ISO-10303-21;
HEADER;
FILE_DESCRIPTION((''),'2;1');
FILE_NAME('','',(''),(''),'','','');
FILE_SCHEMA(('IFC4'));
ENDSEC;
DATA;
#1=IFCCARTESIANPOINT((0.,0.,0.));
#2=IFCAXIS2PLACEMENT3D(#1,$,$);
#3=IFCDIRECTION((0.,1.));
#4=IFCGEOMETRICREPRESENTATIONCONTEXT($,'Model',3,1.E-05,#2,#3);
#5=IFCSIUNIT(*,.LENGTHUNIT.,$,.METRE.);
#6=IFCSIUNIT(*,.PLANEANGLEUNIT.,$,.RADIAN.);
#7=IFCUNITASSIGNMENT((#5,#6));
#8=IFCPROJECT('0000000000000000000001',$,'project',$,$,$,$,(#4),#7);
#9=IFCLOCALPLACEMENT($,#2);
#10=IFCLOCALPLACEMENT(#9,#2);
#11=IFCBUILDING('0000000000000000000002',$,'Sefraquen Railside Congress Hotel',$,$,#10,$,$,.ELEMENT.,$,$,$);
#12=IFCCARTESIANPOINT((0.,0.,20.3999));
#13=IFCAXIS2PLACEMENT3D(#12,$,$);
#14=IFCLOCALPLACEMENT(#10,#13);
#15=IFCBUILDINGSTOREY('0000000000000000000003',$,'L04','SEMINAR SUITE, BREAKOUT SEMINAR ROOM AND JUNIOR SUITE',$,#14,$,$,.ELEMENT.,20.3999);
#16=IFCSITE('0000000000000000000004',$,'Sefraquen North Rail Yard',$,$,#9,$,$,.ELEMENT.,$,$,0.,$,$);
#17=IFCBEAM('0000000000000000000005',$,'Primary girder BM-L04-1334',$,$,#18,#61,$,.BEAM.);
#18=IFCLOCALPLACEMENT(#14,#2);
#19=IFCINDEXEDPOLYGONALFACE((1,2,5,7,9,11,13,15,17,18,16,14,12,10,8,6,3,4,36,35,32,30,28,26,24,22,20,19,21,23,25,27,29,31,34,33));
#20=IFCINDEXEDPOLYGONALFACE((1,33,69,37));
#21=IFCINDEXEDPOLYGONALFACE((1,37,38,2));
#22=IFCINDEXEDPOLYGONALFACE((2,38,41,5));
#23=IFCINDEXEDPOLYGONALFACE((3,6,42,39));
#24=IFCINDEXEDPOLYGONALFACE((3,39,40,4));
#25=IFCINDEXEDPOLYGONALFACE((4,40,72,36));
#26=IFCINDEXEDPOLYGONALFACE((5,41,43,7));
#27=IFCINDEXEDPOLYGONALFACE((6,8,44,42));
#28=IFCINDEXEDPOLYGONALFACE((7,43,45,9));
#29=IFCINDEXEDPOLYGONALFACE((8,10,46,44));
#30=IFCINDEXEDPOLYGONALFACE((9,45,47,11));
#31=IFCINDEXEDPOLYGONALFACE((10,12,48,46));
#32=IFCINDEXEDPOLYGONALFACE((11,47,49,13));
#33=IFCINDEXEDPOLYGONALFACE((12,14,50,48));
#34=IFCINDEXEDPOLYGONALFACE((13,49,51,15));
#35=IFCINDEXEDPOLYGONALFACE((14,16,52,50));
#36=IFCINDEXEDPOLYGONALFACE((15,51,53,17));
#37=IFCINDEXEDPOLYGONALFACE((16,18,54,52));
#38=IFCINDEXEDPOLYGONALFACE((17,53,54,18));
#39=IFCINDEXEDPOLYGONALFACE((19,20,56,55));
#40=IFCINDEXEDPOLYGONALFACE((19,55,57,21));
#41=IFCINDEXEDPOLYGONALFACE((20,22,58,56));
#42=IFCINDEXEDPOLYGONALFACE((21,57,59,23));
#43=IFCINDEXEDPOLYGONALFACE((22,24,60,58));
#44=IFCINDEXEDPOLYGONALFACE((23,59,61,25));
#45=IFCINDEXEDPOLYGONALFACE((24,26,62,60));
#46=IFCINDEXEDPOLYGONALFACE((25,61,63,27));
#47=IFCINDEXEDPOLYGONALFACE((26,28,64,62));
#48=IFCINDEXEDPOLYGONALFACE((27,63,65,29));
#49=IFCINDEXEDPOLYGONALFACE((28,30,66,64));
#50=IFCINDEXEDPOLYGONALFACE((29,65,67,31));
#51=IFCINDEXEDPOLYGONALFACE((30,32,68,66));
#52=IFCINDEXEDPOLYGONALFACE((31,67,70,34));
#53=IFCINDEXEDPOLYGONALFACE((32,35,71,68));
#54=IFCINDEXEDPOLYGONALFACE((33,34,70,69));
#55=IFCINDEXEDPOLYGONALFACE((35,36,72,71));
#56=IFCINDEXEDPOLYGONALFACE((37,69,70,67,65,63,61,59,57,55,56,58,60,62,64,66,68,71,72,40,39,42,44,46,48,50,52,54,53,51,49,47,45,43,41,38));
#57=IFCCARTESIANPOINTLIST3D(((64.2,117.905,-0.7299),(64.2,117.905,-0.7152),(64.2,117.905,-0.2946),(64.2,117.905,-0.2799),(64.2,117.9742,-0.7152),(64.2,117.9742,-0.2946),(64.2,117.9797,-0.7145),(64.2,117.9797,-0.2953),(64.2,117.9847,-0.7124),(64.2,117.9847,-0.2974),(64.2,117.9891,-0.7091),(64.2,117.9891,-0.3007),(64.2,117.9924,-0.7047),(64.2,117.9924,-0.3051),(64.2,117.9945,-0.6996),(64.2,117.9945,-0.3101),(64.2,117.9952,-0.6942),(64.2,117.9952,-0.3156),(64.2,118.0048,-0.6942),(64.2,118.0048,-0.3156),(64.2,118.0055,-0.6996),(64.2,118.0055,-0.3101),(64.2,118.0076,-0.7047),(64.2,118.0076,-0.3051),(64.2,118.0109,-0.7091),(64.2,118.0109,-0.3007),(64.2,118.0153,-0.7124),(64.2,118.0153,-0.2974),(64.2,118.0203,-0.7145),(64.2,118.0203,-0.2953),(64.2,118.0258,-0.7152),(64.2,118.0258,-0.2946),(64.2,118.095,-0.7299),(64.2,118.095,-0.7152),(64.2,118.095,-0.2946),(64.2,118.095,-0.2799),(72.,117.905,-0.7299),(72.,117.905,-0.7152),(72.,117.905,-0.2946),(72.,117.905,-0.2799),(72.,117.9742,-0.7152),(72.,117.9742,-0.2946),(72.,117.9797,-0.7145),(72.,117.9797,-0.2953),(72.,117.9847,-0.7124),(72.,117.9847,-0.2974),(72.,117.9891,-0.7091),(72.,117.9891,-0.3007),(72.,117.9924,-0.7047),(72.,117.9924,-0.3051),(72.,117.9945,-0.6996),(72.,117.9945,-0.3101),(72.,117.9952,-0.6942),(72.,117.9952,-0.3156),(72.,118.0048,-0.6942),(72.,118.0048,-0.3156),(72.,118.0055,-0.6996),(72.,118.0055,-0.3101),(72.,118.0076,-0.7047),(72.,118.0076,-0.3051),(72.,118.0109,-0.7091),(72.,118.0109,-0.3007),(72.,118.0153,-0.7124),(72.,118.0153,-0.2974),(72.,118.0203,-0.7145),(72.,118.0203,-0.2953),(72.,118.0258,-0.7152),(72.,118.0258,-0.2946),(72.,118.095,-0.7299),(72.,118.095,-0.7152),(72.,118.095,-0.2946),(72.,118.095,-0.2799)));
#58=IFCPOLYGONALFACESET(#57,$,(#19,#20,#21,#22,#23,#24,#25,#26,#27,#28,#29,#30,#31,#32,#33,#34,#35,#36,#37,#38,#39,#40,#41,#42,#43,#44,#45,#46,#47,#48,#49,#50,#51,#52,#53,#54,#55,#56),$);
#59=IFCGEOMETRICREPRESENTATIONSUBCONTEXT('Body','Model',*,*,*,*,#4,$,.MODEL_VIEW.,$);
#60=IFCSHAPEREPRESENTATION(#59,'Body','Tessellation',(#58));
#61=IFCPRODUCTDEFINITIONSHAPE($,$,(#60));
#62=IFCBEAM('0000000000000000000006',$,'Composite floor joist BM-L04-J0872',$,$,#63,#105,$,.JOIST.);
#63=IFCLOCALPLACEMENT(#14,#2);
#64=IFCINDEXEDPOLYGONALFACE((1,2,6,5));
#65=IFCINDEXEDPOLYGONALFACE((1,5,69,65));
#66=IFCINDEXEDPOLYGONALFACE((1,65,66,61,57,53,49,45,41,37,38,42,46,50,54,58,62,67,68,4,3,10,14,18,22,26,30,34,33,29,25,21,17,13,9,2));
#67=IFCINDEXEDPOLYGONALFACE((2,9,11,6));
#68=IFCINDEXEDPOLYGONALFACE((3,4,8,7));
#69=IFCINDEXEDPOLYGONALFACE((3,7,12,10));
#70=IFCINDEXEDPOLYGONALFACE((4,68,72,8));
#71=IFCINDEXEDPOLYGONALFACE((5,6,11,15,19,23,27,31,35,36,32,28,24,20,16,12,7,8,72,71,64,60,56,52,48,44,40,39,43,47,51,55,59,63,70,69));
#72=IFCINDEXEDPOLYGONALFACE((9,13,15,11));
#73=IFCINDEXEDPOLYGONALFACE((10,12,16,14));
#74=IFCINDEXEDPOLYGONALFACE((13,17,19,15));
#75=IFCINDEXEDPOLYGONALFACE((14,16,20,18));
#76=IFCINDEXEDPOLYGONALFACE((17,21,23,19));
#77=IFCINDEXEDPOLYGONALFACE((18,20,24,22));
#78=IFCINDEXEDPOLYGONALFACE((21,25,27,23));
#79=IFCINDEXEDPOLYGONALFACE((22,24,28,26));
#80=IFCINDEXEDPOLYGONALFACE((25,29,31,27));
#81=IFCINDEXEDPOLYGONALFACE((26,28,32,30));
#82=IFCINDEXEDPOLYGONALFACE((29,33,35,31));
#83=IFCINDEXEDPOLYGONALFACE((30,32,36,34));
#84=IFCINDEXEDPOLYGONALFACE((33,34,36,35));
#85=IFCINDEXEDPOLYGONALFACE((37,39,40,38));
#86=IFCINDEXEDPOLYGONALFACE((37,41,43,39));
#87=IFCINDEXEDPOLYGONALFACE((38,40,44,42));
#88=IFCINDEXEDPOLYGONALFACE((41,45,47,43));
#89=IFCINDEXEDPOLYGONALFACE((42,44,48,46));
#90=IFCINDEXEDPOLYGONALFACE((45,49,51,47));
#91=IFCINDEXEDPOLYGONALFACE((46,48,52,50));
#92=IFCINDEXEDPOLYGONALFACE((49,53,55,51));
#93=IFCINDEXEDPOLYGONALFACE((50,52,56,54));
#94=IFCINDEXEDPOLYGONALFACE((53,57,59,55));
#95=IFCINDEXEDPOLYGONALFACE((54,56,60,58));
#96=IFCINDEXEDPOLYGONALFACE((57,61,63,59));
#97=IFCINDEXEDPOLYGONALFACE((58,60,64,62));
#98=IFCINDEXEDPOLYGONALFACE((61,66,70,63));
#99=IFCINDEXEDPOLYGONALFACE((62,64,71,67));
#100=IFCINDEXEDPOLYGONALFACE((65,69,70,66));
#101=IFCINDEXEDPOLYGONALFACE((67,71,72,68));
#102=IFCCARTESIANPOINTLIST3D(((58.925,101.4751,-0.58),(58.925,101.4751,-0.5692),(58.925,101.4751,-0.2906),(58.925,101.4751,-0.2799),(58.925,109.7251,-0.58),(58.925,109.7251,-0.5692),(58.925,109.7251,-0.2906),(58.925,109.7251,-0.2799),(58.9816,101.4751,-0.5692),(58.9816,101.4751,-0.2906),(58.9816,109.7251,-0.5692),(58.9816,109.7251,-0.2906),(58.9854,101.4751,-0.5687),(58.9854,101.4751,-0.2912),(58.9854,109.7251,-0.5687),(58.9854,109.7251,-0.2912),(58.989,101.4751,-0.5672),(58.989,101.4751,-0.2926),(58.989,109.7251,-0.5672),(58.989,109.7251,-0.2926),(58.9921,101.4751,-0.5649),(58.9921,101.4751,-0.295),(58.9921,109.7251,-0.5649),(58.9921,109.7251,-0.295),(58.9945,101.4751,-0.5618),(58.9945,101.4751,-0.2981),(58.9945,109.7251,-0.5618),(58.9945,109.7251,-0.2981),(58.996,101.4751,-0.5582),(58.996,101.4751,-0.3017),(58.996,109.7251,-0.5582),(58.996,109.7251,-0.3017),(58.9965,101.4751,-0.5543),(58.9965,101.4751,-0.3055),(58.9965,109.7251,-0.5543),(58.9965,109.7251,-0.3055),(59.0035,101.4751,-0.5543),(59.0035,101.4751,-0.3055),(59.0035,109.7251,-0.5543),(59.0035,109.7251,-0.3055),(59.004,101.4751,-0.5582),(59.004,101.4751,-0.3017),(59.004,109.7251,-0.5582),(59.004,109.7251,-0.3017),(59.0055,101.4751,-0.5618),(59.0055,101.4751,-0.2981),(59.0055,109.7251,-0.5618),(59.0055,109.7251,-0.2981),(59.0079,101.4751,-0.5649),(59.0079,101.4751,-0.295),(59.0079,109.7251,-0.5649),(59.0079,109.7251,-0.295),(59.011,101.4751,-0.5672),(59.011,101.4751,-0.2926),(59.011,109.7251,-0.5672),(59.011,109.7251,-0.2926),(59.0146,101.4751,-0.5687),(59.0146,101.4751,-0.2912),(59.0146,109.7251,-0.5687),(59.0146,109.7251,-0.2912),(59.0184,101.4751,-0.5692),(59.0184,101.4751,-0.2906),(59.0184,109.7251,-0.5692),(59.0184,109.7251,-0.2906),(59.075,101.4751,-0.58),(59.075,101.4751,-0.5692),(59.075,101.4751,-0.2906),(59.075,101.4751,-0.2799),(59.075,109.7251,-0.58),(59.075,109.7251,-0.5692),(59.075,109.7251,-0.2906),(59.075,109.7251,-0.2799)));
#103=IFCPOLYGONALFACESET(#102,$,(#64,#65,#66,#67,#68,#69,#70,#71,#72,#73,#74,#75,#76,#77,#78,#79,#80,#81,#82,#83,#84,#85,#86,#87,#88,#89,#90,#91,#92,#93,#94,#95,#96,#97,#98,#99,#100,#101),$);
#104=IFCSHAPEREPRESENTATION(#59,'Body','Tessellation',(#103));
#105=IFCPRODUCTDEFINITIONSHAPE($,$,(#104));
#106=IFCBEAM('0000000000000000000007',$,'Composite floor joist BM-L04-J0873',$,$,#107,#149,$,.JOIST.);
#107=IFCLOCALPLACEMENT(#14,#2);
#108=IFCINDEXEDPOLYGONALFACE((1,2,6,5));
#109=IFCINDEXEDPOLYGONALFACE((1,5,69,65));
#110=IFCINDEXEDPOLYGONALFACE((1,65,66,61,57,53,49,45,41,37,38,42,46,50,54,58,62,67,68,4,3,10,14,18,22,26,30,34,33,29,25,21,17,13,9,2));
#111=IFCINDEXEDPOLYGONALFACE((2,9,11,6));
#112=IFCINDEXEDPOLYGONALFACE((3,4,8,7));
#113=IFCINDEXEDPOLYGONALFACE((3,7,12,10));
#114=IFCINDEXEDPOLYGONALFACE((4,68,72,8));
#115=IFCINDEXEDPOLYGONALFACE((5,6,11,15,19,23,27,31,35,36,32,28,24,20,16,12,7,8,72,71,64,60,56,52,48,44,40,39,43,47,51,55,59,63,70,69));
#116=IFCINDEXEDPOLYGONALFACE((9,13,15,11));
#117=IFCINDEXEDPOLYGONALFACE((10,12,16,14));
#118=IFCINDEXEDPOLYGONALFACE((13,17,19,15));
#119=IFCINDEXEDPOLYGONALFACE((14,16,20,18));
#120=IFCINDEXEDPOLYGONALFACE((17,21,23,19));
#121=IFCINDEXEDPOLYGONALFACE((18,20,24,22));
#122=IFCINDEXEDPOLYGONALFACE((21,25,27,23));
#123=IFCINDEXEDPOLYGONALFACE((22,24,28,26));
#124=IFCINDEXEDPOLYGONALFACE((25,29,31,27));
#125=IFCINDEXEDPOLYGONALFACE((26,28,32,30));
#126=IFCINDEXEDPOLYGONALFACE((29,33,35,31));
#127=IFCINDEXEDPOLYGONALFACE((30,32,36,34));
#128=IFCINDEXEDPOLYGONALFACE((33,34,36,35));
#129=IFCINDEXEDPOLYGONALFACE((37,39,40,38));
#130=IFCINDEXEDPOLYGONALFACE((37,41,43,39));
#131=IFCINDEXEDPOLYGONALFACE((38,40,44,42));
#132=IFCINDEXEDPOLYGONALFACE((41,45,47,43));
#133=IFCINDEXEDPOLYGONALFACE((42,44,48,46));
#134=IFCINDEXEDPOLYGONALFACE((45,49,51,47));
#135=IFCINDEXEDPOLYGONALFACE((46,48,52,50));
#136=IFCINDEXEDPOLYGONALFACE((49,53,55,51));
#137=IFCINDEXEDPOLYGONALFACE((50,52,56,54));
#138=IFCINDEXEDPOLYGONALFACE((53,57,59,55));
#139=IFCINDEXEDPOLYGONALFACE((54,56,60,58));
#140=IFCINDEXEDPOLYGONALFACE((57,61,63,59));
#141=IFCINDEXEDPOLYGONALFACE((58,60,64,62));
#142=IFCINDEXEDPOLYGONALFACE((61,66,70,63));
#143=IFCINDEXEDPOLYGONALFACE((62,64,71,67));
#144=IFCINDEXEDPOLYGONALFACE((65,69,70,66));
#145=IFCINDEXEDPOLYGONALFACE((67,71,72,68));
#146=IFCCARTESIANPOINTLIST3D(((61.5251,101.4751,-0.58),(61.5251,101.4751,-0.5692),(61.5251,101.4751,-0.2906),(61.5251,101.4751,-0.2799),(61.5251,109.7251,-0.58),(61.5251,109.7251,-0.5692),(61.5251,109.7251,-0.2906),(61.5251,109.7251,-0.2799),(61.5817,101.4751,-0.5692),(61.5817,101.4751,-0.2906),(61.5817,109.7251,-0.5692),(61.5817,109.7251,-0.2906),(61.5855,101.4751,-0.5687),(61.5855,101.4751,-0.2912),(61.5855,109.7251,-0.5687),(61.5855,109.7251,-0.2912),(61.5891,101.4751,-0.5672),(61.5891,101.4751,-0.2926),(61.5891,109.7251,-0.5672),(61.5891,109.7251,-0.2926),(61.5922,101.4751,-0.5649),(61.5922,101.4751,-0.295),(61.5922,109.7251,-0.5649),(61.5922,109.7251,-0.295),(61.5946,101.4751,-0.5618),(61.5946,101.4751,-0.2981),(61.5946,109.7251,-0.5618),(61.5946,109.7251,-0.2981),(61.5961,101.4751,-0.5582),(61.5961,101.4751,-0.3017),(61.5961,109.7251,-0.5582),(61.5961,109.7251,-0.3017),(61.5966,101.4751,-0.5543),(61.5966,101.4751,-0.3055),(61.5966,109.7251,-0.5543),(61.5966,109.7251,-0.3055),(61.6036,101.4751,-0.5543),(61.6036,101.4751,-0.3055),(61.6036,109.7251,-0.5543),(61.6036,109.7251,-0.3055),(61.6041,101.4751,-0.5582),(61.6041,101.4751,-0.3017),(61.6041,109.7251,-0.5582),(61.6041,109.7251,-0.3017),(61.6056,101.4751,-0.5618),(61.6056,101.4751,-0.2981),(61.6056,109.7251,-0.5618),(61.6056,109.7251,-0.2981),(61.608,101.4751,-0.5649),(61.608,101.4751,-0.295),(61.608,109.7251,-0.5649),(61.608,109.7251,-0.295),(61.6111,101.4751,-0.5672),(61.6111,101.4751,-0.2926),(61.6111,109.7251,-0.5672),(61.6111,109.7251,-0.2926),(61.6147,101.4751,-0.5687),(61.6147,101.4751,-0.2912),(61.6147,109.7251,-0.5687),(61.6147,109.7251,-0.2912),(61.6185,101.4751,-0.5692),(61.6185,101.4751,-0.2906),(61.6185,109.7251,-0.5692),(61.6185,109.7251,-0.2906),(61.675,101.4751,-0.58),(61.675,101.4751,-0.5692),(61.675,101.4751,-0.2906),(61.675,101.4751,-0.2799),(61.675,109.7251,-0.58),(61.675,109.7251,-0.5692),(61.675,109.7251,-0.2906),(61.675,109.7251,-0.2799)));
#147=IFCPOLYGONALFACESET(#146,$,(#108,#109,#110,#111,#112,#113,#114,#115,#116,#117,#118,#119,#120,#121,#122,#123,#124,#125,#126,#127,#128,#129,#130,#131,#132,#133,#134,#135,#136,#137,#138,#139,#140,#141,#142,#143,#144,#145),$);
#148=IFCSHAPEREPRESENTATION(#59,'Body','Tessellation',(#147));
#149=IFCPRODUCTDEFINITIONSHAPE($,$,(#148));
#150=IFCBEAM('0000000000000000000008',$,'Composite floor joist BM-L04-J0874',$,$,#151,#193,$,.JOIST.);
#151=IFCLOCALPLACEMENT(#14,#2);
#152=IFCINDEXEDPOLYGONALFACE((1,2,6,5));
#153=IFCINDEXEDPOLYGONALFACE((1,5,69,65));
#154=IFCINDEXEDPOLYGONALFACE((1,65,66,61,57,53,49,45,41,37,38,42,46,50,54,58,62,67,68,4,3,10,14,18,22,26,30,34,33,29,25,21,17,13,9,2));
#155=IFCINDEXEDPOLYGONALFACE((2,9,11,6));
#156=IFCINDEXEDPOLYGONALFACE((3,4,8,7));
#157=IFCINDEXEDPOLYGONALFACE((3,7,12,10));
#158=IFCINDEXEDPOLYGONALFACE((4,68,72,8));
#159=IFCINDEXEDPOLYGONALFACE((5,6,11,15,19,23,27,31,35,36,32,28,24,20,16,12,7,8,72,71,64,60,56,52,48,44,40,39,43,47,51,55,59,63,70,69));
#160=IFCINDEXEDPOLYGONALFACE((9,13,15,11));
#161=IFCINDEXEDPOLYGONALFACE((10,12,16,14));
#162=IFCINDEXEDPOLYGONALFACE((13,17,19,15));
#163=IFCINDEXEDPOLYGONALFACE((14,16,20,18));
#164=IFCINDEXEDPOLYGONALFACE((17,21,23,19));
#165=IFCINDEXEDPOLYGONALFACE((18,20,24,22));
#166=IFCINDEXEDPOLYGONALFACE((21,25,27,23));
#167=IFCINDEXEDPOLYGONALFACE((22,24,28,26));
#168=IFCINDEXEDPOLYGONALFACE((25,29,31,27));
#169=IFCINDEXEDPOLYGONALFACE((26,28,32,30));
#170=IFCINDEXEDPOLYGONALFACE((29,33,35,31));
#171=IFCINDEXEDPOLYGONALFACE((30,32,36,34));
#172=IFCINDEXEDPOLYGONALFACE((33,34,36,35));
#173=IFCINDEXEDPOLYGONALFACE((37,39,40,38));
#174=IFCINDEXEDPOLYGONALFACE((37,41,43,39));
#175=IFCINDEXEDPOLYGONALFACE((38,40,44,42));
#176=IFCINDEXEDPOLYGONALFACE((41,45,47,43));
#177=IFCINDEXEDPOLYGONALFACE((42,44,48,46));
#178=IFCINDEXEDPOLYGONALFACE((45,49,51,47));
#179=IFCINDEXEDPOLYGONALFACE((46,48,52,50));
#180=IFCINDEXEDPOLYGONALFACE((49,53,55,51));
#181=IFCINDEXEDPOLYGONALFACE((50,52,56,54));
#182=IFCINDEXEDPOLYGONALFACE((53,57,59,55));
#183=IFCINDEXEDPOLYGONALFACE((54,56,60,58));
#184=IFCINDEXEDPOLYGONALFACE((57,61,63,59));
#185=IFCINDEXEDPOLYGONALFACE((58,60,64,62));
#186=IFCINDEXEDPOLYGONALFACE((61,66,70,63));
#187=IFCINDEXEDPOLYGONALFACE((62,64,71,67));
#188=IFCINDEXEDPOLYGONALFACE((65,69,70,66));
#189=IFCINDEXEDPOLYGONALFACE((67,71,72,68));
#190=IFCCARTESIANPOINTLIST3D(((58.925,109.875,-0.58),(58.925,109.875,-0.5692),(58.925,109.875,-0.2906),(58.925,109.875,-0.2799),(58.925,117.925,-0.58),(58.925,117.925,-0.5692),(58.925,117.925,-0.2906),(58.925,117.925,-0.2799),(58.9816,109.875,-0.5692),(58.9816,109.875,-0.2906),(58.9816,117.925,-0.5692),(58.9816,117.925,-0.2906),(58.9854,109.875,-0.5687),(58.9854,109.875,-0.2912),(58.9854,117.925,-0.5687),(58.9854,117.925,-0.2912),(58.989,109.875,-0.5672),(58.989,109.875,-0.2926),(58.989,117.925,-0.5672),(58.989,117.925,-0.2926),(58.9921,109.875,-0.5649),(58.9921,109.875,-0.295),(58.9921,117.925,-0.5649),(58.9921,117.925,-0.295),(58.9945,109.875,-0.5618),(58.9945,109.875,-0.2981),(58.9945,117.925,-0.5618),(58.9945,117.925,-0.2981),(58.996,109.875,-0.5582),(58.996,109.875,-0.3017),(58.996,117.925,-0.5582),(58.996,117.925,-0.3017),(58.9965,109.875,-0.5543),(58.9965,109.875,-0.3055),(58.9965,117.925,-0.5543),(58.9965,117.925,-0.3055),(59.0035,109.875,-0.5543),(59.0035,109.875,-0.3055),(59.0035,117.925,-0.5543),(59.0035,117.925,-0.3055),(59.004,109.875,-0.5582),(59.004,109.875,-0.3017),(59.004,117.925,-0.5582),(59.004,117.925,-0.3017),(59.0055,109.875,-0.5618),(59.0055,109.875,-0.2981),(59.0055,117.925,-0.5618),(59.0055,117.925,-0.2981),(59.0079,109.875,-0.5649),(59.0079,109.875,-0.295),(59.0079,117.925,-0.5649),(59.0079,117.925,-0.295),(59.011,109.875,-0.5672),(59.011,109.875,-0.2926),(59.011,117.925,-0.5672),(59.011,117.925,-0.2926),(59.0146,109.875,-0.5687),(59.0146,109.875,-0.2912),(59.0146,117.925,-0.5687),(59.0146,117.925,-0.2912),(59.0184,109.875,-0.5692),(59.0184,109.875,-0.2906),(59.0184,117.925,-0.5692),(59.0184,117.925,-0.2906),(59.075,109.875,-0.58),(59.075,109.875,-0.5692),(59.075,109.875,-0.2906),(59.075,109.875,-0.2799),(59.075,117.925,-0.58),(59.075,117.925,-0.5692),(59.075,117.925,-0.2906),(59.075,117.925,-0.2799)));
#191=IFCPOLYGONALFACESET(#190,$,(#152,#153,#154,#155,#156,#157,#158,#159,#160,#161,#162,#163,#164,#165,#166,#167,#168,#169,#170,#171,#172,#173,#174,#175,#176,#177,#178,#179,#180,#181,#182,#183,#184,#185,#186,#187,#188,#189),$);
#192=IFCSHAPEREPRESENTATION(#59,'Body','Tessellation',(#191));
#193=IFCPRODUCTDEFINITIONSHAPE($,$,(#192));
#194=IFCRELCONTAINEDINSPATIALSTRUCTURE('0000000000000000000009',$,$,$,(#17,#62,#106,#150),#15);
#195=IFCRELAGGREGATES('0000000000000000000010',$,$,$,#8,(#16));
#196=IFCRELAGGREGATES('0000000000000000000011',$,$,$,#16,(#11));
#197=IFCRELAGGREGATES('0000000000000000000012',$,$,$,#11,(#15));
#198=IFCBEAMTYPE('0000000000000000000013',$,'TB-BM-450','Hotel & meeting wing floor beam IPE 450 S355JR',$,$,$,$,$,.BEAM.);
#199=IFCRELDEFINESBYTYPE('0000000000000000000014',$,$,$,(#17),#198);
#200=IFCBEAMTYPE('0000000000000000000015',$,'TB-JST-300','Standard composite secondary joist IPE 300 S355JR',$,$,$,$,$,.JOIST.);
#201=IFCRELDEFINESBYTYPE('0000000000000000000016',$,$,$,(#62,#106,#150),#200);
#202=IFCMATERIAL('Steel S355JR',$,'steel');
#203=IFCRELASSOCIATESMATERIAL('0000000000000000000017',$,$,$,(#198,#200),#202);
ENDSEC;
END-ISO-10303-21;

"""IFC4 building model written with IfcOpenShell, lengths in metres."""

from ifc_helpers import new_model, si_unit, direction, frame, origin, origin_2d, place, context, subcontext, project, spatial, i_section, extrude, material, material_profile, profile_set, type_object, element, save


model = new_model("IFC4")

# Units and contexts
model_context = context("Model", 3, precision=1e-05, world=origin(), true_north=direction((0.0, 1.0)))
body_context = subcontext(model_context, "Body", "Model", "MODEL_VIEW")
ifc_project = project(units=[si_unit("LENGTHUNIT", "METRE"), si_unit("PLANEANGLEUNIT", "RADIAN")], contexts=[model_context])

# Site, building, storey
site_placement = place(None, origin())
site = spatial("IfcSite", under=ifc_project, at=site_placement, Name="Sefraquen North Rail Yard", CompositionType="ELEMENT", RefElevation=0.0)
building_placement = place(site_placement, origin())
building = spatial("IfcBuilding", under=site, at=building_placement, Name="Sefraquen Railside Congress Hotel", CompositionType="ELEMENT")
storey_placement = place(building_placement, frame((0.0, 0.0, 20.3999)))
storey = spatial("IfcBuildingStorey", under=building, at=storey_placement, Name="L04", Description="SEMINAR SUITE, BREAKOUT SEMINAR ROOM AND JUNIOR SUITE", CompositionType="ELEMENT", Elevation=20.3999)

# Shared definitions
ifc_material_1 = material(Name="Steel S355JR", Category="steel")

# Beams
ifc_material_profile_1 = material_profile(ifc_material_1, i_section(OverallWidth=0.1899, OverallDepth=0.45, WebThickness=0.0095, FlangeThickness=0.0146, FilletRadius=0.021, at=origin_2d()), Name="IPE 450")
ifc_profile_set_1 = profile_set([ifc_material_profile_1], Name="Steel S355JR")
beam_type_1 = type_object("IfcBeamType", Name="TB-BM-450", Description="Hotel & meeting wing floor beam IPE 450 S355JR", PredefinedType="BEAM", material=ifc_profile_set_1)
for number, where, z_axis, x_axis, name in (
    (1, (64.2, 118.0, -0.5049), (1.0, 0.0, 0.0), (0.0, 1.0, 0.0), "Primary girder BM-L04-1334"),
):
    element("IfcBeam", number, at=place(storey_placement, frame(where, z_axis=z_axis, x_axis=x_axis)), inside=storey, type_object=beam_type_1, Name=name, PredefinedType="BEAM", context=body_context, shape_type="SweptSolid", body=[
        extrude(i_section(OverallWidth=0.1899, OverallDepth=0.45, WebThickness=0.0095, FlangeThickness=0.0146, FilletRadius=0.021, at=origin_2d()), origin(), (0.0, 0.0, 1.0), 7.8),
    ])
ifc_material_profile_2 = material_profile(ifc_material_1, i_section(OverallWidth=0.1499, OverallDepth=0.3, WebThickness=0.0071, FlangeThickness=0.0107, FilletRadius=0.0149, at=origin_2d()), Name="IPE 300")
ifc_profile_set_2 = profile_set([ifc_material_profile_2], Name="Steel S355JR")
beam_type_2 = type_object("IfcBeamType", Name="TB-JST-300", Description="Standard composite secondary joist IPE 300 S355JR", PredefinedType="JOIST", material=ifc_profile_set_2)
for number, where, z_axis, x_axis, name in (
    (2, (59.0, 101.4751, -0.4299), (0.0, 1.0, 0.0), (-1.0, 0.0, 0.0), "Composite floor joist BM-L04-J0872"),
    (3, (61.6001, 101.4751, -0.4299), (0.0, 1.0, 0.0), (-1.0, 0.0, 0.0), "Composite floor joist BM-L04-J0873"),
):
    element("IfcBeam", number, at=place(storey_placement, frame(where, z_axis=z_axis, x_axis=x_axis)), inside=storey, type_object=beam_type_2, Name=name, PredefinedType="JOIST", context=body_context, shape_type="SweptSolid", body=[
        extrude(i_section(OverallWidth=0.1499, OverallDepth=0.3, WebThickness=0.0071, FlangeThickness=0.0107, FilletRadius=0.0149, at=origin_2d()), origin(), (0.0, 0.0, 1.0), 8.25),
    ])
for number, where, z_axis, x_axis, name in (
    (4, (59.0, 109.875, -0.4299), (0.0, 1.0, 0.0), (-1.0, 0.0, 0.0), "Composite floor joist BM-L04-J0874"),
):
    element("IfcBeam", number, at=place(storey_placement, frame(where, z_axis=z_axis, x_axis=x_axis)), inside=storey, type_object=beam_type_2, Name=name, PredefinedType="JOIST", context=body_context, shape_type="SweptSolid", body=[
        extrude(i_section(OverallWidth=0.1499, OverallDepth=0.3, WebThickness=0.0071, FlangeThickness=0.0107, FilletRadius=0.0149, at=origin_2d()), origin(), (0.0, 0.0, 1.0), 8.05),
    ])

save(model, "model.ifc")
